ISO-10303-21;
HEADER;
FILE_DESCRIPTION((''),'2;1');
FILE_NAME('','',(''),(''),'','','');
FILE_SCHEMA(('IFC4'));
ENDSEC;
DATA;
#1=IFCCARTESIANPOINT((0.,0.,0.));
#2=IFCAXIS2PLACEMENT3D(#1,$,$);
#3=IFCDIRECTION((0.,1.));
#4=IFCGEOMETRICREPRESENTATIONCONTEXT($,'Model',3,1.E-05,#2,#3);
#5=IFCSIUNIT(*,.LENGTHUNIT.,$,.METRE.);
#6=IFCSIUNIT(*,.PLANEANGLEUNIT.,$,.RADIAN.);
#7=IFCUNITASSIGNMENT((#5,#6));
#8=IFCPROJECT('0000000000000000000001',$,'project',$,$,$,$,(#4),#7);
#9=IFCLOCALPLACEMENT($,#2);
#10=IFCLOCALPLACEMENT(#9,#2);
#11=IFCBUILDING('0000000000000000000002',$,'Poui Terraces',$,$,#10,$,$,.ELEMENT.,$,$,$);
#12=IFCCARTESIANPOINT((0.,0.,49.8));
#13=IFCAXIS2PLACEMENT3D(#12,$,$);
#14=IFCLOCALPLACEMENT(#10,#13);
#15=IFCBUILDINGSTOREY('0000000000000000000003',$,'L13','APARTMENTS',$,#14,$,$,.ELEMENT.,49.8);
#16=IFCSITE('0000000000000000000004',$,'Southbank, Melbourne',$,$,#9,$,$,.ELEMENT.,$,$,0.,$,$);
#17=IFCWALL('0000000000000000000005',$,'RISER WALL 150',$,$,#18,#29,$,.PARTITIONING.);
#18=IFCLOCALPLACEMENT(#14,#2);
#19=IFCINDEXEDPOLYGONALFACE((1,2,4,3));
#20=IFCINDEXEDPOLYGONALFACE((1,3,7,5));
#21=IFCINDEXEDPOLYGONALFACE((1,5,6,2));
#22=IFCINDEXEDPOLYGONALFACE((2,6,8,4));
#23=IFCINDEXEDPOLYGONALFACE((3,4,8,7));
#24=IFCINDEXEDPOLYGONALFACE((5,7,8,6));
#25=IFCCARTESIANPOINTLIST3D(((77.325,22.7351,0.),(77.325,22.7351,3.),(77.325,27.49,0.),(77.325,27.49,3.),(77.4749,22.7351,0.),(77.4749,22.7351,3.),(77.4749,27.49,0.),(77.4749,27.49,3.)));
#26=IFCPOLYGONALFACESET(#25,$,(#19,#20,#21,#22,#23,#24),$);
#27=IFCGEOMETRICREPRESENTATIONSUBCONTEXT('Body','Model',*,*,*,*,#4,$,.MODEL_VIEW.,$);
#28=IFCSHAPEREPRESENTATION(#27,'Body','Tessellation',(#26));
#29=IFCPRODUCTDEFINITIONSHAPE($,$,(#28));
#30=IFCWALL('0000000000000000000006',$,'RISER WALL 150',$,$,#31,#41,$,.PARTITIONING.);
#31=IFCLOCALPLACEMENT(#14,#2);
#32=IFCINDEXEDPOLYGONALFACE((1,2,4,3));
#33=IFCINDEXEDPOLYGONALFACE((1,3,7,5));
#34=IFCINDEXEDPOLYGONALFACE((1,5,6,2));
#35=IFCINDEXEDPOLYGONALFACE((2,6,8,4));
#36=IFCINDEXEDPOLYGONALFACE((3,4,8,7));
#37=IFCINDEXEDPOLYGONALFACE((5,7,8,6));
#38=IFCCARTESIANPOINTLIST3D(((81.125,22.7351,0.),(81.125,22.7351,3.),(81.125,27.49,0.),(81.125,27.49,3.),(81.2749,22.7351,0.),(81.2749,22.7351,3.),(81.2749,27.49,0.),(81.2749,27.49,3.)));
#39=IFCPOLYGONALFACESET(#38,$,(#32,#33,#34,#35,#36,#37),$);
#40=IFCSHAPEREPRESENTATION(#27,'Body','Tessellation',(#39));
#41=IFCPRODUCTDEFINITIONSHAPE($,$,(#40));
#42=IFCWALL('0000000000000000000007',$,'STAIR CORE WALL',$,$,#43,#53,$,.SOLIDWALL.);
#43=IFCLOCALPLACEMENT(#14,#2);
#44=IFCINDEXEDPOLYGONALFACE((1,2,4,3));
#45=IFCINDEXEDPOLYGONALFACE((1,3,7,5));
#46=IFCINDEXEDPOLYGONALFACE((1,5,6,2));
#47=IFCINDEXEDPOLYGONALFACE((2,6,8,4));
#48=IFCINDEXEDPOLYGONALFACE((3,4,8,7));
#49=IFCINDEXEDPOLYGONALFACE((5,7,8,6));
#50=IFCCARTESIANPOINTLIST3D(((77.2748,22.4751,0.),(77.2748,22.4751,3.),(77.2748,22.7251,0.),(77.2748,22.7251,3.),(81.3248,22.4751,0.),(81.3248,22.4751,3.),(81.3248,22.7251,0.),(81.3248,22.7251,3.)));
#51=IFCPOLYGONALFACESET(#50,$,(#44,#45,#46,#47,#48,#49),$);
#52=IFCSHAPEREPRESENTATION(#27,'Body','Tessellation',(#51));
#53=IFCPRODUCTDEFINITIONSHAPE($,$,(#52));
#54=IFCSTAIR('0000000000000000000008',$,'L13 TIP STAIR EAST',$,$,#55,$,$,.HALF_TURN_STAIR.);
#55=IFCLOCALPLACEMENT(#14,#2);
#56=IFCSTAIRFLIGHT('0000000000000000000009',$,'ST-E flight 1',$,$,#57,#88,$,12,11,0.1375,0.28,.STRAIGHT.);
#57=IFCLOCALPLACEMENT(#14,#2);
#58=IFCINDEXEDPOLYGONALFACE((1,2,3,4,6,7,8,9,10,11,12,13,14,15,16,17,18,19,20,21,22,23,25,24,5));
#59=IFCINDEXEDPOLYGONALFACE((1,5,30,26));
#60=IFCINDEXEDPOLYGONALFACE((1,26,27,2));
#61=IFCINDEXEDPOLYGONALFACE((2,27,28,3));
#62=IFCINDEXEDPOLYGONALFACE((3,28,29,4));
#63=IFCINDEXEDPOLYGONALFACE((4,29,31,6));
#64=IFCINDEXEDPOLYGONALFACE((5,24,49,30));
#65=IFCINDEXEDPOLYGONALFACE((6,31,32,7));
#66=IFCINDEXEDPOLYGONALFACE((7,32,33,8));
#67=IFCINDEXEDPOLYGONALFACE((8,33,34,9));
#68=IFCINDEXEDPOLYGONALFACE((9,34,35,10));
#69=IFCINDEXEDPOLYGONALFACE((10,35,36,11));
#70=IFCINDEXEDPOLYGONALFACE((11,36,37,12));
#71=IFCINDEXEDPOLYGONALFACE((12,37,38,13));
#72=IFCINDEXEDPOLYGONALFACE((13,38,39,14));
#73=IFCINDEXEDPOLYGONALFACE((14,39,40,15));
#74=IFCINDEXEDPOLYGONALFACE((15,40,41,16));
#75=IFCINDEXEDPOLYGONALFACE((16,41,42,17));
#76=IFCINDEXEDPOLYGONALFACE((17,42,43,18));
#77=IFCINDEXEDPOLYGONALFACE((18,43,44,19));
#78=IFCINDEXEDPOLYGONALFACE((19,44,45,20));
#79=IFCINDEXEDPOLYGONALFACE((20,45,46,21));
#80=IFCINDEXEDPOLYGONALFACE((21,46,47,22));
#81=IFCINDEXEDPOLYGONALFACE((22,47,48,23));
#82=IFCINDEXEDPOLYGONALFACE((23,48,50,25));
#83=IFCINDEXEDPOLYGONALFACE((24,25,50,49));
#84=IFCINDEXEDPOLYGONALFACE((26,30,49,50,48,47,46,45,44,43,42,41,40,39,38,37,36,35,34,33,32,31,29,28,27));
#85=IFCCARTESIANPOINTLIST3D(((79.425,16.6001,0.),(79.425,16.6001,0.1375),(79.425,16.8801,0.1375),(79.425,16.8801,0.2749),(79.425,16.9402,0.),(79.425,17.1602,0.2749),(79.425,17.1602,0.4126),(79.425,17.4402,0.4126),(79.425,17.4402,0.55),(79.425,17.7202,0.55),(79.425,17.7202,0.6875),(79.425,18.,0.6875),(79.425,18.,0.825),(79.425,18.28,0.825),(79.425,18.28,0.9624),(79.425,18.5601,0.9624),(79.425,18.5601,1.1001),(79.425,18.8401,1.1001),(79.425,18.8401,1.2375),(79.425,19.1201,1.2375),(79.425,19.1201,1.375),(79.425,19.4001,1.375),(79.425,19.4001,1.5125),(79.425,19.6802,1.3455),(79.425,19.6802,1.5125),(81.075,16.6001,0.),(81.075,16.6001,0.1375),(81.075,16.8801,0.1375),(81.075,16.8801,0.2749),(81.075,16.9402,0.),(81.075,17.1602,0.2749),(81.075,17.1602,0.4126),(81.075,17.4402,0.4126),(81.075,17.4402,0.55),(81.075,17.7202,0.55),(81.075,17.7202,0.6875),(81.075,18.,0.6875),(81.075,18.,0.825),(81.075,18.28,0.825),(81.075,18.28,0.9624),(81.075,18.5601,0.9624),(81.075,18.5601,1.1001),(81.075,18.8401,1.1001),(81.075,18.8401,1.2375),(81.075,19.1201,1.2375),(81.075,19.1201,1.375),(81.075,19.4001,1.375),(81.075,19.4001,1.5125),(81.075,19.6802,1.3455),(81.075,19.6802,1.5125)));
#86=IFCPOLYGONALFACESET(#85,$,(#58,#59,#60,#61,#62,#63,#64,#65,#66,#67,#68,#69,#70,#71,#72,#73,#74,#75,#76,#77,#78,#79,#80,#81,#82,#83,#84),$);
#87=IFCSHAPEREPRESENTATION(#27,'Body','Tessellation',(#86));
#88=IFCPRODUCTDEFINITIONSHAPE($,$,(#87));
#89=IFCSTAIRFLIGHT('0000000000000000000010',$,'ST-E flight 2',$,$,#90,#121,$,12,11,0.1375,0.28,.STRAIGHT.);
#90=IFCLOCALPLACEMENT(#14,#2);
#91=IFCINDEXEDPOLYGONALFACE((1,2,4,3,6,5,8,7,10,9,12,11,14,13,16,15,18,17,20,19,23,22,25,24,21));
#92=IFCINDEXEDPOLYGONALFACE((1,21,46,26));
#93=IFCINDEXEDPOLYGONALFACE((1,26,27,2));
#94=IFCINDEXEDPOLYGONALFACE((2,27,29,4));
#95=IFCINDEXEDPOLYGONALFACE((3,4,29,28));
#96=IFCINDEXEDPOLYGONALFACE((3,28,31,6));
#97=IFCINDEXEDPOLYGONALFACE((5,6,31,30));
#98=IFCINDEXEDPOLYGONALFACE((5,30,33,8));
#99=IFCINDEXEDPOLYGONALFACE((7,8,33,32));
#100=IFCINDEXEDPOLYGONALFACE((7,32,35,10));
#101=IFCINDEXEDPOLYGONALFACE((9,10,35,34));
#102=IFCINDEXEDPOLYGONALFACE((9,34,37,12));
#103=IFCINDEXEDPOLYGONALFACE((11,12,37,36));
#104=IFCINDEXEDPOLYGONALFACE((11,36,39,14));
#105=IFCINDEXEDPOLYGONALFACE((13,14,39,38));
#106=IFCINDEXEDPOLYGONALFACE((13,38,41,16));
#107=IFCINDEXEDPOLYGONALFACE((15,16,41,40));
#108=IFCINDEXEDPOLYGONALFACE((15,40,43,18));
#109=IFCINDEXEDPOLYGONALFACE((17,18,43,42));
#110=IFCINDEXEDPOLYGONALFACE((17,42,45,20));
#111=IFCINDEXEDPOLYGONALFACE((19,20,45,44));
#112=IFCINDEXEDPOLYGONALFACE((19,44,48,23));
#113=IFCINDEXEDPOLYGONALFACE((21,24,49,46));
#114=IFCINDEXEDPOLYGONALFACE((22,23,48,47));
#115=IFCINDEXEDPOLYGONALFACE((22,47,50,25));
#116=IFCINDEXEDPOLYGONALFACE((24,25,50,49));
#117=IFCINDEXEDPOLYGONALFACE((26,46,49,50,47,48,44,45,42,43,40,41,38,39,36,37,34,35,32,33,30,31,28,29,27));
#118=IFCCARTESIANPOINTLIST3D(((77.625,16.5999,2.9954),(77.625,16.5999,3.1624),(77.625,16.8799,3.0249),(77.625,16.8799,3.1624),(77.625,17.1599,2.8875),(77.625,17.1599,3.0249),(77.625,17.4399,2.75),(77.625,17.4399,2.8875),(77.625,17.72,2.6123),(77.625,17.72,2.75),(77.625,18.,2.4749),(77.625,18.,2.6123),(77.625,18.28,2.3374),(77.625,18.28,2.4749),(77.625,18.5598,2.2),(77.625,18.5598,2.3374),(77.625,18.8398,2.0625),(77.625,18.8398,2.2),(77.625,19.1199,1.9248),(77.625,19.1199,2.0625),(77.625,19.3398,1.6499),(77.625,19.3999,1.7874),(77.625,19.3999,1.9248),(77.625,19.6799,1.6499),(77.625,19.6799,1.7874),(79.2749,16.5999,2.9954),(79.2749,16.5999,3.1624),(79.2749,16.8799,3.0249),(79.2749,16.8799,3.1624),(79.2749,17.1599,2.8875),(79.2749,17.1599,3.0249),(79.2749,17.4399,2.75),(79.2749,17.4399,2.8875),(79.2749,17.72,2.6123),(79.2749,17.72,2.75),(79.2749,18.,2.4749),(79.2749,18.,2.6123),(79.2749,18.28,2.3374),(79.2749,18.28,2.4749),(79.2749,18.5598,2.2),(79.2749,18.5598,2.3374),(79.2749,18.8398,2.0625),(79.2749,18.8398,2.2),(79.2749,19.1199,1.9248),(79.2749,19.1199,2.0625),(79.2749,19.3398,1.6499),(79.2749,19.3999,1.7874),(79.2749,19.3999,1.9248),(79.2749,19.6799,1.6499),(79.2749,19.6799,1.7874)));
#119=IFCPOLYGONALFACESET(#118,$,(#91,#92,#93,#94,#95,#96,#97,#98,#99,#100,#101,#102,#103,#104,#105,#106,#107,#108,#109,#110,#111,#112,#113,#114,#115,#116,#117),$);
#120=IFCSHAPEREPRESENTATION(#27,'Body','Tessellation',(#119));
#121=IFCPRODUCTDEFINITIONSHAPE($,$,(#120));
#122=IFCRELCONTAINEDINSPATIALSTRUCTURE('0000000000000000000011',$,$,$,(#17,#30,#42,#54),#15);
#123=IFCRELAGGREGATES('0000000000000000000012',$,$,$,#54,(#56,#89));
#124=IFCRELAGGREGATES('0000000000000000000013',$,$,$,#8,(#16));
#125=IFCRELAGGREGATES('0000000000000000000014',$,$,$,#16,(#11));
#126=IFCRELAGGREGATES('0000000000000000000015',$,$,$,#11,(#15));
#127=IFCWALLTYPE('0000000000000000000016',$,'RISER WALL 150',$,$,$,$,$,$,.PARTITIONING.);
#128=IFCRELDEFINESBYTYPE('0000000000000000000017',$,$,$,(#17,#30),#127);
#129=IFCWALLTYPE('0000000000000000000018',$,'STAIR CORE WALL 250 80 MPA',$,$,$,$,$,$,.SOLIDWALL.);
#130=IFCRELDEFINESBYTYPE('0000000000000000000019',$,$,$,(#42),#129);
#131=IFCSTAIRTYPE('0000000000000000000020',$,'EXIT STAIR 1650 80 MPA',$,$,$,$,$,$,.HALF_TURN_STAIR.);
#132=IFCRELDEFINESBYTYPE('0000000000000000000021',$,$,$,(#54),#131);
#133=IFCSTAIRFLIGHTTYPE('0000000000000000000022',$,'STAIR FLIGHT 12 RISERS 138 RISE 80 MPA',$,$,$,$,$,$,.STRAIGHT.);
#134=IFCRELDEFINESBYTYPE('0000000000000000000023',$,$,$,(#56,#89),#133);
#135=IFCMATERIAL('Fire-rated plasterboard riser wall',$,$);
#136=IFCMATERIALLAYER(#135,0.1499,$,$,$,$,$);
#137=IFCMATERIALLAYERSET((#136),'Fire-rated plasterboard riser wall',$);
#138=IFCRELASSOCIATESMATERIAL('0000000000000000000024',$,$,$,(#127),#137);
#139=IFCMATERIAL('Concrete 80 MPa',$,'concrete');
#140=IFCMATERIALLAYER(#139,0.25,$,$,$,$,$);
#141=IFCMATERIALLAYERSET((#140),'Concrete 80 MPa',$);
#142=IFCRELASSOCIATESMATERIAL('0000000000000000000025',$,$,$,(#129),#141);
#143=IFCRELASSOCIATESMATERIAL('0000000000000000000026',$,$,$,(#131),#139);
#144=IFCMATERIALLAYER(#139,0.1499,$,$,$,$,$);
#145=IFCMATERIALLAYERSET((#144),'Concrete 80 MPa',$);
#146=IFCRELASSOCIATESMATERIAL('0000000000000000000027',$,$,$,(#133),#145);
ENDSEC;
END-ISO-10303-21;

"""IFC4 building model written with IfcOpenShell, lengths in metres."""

from ifc_helpers import new_model, si_unit, direction, frame, frame_2d, origin, place, context, subcontext, project, spatial, polyline, rectangle, outline, extrude, material, layer, layer_set, type_object, element, aggregate, save


model = new_model("IFC4")

# Units and contexts
model_context = context("Model", 3, precision=1e-05, world=origin(), true_north=direction((0.0, 1.0)))
body_context = subcontext(model_context, "Body", "Model", "MODEL_VIEW")
ifc_project = project(units=[si_unit("LENGTHUNIT", "METRE"), si_unit("PLANEANGLEUNIT", "RADIAN")], contexts=[model_context])

# Site, building, storey
site_placement = place(None, origin())
site = spatial("IfcSite", under=ifc_project, at=site_placement, Name="Southbank, Melbourne", CompositionType="ELEMENT", RefElevation=0.0)
building_placement = place(site_placement, origin())
building = spatial("IfcBuilding", under=site, at=building_placement, Name="Poui Terraces", CompositionType="ELEMENT")
storey_placement = place(building_placement, frame((0.0, 0.0, 49.8)))
storey = spatial("IfcBuildingStorey", under=building, at=storey_placement, Name="L13", Description="APARTMENTS", CompositionType="ELEMENT", Elevation=49.8)

# Shared definitions
ifc_material_1 = material(Name="Concrete 80 MPa", Category="concrete")

# Walls
ifc_material_2 = material(Name="Fire-rated plasterboard riser wall")
ifc_layer_1 = layer(ifc_material_2, 0.1499)
ifc_layer_set_1 = layer_set([ifc_layer_1], Name="Fire-rated plasterboard riser wall")
wall_type_1 = type_object("IfcWallType", Name="RISER WALL 150", PredefinedType="PARTITIONING", material=ifc_layer_set_1)
for number, where, z_axis, x_axis, name in (
    (1, (77.3999, 22.7351, 0.0), (0.0, 0.0, 1.0), (0.0, 1.0, 0.0), "RISER WALL 150"),
    (2, (81.2, 22.7351, 0.0), (0.0, 0.0, 1.0), (0.0, 1.0, 0.0), "RISER WALL 150"),
):
    element("IfcWall", number, at=place(storey_placement, frame(where, z_axis=z_axis, x_axis=x_axis)), inside=storey, type_object=wall_type_1, Name=name, PredefinedType="PARTITIONING", context=body_context, shape_type="SweptSolid", body=[
        extrude(rectangle(XDim=4.7549, YDim=0.1499, at=frame_2d((2.3774, 0.0))), origin(), (0.0, 0.0, 1.0), 3.0),
    ])
ifc_layer_2 = layer(ifc_material_1, 0.25)
ifc_layer_set_2 = layer_set([ifc_layer_2], Name="Concrete 80 MPa")
wall_type_2 = type_object("IfcWallType", Name="STAIR CORE WALL 250 80 MPA", PredefinedType="SOLIDWALL", material=ifc_layer_set_2)
wall_1_placement = place(storey_placement, frame((77.2749, 22.6001, 0.0), z_axis=(0.0, 0.0, 1.0), x_axis=(1.0, 0.0, 0.0)))
element("IfcWall", 3, at=wall_1_placement, inside=storey, type_object=wall_type_2, Name="STAIR CORE WALL", PredefinedType="SOLIDWALL", context=body_context, shape_type="SweptSolid", body=[
    extrude(rectangle(XDim=4.05, YDim=0.25, at=frame_2d((2.0249, 0.0))), origin(), (0.0, 0.0, 1.0), 3.0),
])

# Stair, stair flights
stair_type = type_object("IfcStairType", Name="EXIT STAIR 1650 80 MPA", PredefinedType="HALF_TURN_STAIR", material=ifc_material_1)
stair_placement = place(storey_placement, origin())
stair = element("IfcStair", 4, at=stair_placement, inside=storey, type_object=stair_type, Name="L13 TIP STAIR EAST", PredefinedType="HALF_TURN_STAIR")
ifc_layer_3 = layer(ifc_material_1, 0.1499)
ifc_layer_set_3 = layer_set([ifc_layer_3], Name="Concrete 80 MPa")
stair_flight_type = type_object("IfcStairFlightType", Name="STAIR FLIGHT 12 RISERS 138 RISE 80 MPA", PredefinedType="STRAIGHT", material=ifc_layer_set_3)
stair_flight_1_placement = place(storey_placement, frame((80.25, 16.6001, 0.0), z_axis=(0.0, 0.0, 1.0), x_axis=(0.0, 1.0, 0.0)))
stair_flight_1 = element("IfcStairFlight", 5, at=stair_flight_1_placement, type_object=stair_flight_type, Name="ST-E flight 1", NumberOfRisers=12, NumberOfTreads=11, PredefinedType="STRAIGHT", RiserHeight=0.1375, TreadLength=0.28, context=body_context, shape_type="SweptSolid", body=[
    extrude(outline(polyline([(0.0, 0.0), (0.0, 0.1375), (0.28, 0.1375), (0.28, 0.2749), (0.5601, 0.2749), (0.5601, 0.4126), (0.8401, 0.4126), (0.8401, 0.55), (1.1201, 0.55), (1.1201, 0.6875), (1.3999, 0.6875), (1.3999, 0.825), (1.6799, 0.825), (1.6799, 0.9624), (1.96, 0.9624), (1.96, 1.1001), (2.24, 1.1001), (2.24, 1.2375), (2.52, 1.2375), (2.52, 1.375), (2.8, 1.375), (2.8, 1.5125), (3.0801, 1.5125), (3.0801, 1.6499), (3.0801, 1.3455), (0.3401, 0.0), (0.0, 0.0)])), frame((0.0, 0.825, 0.0), z_axis=(0.0, -1.0, 0.0), x_axis=(1.0, 0.0, 0.0)), (0.0, 0.0, 1.0), 1.6499),
])
stair_flight_2_placement = place(storey_placement, frame((78.45, 19.6799, 1.6499), z_axis=(0.0, 0.0, 1.0), x_axis=(0.0, -1.0, 0.0)))
stair_flight_2 = element("IfcStairFlight", 6, at=stair_flight_2_placement, type_object=stair_flight_type, Name="ST-E flight 2", NumberOfRisers=12, NumberOfTreads=11, PredefinedType="STRAIGHT", RiserHeight=0.1375, TreadLength=0.28, context=body_context, shape_type="SweptSolid", body=[
    extrude(outline(polyline([(0.0, 0.0), (0.0, 0.1375), (0.28, 0.1375), (0.28, 0.2749), (0.5601, 0.2749), (0.5601, 0.4126), (0.8401, 0.4126), (0.8401, 0.55), (1.1201, 0.55), (1.1201, 0.6875), (1.3999, 0.6875), (1.3999, 0.825), (1.6799, 0.825), (1.6799, 0.9624), (1.96, 0.9624), (1.96, 1.1001), (2.24, 1.1001), (2.24, 1.2375), (2.52, 1.2375), (2.52, 1.375), (2.8, 1.375), (2.8, 1.5125), (3.0801, 1.5125), (3.0801, 1.6499), (3.0801, 1.3455), (0.3401, 0.0), (0.0, 0.0)])), frame((0.0, 0.825, 0.0), z_axis=(0.0, -1.0, 0.0), x_axis=(1.0, 0.0, 0.0)), (0.0, 0.0, 1.0), 1.6499),
])
aggregate(stair, [stair_flight_1, stair_flight_2])

save(model, "model.ifc")
